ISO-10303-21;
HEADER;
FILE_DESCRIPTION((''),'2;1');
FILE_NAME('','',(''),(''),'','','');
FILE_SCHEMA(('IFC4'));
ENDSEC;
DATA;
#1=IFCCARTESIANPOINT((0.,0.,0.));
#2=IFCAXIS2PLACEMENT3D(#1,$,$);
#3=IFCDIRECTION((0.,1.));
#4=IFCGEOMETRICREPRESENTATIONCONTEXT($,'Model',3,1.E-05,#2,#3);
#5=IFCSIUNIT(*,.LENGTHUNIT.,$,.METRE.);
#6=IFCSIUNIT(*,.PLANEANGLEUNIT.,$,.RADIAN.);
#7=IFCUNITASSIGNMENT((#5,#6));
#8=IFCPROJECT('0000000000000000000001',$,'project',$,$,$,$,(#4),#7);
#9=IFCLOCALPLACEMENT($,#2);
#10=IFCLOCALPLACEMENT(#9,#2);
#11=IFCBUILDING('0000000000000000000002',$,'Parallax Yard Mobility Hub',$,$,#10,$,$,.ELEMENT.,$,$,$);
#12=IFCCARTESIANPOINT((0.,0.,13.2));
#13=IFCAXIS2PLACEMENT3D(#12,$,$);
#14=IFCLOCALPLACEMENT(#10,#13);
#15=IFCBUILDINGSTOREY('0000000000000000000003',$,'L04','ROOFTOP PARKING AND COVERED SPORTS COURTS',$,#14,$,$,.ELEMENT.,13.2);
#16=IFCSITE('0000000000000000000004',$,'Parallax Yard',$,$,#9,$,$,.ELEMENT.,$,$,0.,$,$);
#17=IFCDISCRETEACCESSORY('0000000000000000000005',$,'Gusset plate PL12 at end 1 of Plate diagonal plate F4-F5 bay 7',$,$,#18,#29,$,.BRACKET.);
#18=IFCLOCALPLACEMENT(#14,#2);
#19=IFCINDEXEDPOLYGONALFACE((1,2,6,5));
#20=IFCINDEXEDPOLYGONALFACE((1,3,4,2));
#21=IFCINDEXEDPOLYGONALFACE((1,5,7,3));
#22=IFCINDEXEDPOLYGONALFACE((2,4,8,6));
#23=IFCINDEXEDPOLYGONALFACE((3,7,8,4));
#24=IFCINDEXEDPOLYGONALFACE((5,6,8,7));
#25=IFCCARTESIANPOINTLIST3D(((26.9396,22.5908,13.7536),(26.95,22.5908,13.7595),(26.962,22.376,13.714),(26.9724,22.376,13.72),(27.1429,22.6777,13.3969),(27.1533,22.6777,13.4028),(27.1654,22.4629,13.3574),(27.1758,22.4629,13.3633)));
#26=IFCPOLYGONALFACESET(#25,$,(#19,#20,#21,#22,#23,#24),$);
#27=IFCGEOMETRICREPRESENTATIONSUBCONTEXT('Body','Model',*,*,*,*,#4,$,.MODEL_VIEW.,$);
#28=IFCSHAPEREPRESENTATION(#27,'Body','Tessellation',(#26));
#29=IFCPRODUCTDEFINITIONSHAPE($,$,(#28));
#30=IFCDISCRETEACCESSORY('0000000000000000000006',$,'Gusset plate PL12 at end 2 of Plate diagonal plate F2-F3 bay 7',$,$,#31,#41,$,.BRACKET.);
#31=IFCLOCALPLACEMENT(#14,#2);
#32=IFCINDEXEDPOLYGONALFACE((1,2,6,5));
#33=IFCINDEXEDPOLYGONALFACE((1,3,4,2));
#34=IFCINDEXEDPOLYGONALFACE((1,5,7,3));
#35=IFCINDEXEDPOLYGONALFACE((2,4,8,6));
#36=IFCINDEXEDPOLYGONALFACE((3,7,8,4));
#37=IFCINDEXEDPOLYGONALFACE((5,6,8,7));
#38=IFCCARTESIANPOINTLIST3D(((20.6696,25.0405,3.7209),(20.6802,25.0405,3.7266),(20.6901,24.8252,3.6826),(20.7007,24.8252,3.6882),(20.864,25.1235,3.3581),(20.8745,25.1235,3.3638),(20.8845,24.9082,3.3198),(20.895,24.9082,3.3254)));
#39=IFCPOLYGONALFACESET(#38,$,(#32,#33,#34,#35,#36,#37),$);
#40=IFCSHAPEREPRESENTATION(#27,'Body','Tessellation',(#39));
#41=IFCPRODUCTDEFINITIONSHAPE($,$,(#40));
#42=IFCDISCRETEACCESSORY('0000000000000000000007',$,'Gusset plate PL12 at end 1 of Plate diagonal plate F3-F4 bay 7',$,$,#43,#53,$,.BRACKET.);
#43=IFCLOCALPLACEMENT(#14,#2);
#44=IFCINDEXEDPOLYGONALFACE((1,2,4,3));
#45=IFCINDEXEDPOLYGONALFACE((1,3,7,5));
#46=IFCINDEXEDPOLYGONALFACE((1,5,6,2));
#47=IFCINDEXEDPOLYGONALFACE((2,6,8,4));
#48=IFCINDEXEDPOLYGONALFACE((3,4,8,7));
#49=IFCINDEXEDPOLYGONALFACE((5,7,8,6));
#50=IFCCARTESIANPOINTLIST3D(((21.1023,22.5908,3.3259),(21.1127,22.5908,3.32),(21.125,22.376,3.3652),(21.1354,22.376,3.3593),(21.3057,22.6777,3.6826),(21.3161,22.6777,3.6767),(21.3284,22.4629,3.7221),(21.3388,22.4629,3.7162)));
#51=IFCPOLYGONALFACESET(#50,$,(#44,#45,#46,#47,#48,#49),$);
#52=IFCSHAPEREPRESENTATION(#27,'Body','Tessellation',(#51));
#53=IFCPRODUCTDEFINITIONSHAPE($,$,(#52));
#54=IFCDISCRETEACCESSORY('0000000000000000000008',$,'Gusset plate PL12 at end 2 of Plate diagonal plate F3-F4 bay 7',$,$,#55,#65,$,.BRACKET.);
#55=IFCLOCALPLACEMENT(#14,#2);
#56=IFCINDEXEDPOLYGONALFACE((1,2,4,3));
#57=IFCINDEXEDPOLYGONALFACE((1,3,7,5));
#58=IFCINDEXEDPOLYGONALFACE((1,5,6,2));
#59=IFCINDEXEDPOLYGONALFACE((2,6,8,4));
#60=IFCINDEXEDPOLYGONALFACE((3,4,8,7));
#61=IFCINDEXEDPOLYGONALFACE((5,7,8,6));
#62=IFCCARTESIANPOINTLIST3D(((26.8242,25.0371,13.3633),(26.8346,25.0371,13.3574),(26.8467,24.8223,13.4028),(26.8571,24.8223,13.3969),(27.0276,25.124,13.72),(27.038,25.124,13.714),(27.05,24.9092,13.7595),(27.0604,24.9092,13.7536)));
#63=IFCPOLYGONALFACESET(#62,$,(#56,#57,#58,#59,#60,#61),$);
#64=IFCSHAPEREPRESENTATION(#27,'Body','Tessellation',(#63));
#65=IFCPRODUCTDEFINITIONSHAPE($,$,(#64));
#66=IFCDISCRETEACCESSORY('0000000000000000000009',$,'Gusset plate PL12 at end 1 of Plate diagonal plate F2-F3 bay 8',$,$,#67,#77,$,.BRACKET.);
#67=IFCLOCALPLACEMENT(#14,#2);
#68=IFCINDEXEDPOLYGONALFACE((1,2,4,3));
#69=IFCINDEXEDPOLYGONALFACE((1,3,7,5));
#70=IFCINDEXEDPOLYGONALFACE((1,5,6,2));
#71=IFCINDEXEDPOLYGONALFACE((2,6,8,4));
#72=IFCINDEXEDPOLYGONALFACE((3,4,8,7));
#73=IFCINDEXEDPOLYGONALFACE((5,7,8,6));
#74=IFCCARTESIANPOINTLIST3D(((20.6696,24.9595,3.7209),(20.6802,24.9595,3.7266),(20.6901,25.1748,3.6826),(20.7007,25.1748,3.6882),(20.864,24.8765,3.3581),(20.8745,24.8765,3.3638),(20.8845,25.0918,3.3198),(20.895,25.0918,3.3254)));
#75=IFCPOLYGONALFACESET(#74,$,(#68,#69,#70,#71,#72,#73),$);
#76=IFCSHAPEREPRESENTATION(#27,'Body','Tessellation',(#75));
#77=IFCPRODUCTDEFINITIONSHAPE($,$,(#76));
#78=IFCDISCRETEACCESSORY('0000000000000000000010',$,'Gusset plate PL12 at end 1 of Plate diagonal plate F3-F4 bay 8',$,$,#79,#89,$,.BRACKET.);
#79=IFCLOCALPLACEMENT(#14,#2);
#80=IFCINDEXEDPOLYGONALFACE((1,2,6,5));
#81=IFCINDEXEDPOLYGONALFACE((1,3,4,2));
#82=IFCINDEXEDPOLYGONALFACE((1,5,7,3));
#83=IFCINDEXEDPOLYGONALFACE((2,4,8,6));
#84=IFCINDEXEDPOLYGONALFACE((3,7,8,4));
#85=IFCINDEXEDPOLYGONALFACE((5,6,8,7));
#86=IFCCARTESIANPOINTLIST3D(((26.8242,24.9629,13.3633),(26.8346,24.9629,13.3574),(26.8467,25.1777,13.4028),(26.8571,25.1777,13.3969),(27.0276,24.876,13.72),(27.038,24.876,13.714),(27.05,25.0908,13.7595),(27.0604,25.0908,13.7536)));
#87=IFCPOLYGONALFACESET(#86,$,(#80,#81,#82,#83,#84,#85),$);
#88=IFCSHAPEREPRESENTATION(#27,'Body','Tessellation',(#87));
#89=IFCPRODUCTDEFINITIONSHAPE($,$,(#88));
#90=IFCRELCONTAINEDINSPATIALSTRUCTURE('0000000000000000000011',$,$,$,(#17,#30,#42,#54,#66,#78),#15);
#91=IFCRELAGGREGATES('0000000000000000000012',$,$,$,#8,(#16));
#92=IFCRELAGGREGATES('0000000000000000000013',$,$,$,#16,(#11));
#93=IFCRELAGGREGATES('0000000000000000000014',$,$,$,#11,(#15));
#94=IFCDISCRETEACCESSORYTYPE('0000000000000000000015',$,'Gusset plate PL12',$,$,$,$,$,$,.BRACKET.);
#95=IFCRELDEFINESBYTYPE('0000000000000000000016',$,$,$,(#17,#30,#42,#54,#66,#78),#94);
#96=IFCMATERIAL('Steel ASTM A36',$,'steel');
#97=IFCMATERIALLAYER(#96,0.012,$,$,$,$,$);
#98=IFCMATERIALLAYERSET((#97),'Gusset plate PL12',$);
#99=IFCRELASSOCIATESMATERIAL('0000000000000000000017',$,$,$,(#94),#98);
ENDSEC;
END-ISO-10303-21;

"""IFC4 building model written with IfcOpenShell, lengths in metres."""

from ifc_helpers import new_model, si_unit, direction, frame, origin, place, context, subcontext, project, spatial, polyline, outline, extrude, material, layer, layer_set, type_object, element, save


model = new_model("IFC4")

# Units and contexts
model_context = context("Model", 3, precision=1e-05, world=origin(), true_north=direction((0.0, 1.0)))
body_context = subcontext(model_context, "Body", "Model", "MODEL_VIEW")
ifc_project = project(units=[si_unit("LENGTHUNIT", "METRE"), si_unit("PLANEANGLEUNIT", "RADIAN")], contexts=[model_context])

# Site, building, storey
site_placement = place(None, origin())
site = spatial("IfcSite", under=ifc_project, at=site_placement, Name="Parallax Yard", CompositionType="ELEMENT", RefElevation=0.0)
building_placement = place(site_placement, origin())
building = spatial("IfcBuilding", under=site, at=building_placement, Name="Parallax Yard Mobility Hub", CompositionType="ELEMENT")
storey_placement = place(building_placement, frame((0.0, 0.0, 13.2)))
storey = spatial("IfcBuildingStorey", under=building, at=storey_placement, Name="L04", Description="ROOFTOP PARKING AND COVERED SPORTS COURTS", CompositionType="ELEMENT", Elevation=13.2)

# Discrete accessories
ifc_material_1 = material(Name="Steel ASTM A36", Category="steel")
ifc_layer = layer(ifc_material_1, 0.012)
ifc_layer_set = layer_set([ifc_layer], Name="Gusset plate PL12")
discrete_accessory_type = type_object("IfcDiscreteAccessoryType", Name="Gusset plate PL12", PredefinedType="BRACKET", material=ifc_layer_set)
discrete_accessory_1_placement = place(storey_placement, frame((27.1533, 22.6777, 13.4028), z_axis=(0.868755, -0.000345, 0.495243), x_axis=(-0.484569, -0.207091, 0.849886)))
element("IfcDiscreteAccessory", 1, at=discrete_accessory_1_placement, inside=storey, type_object=discrete_accessory_type, Name="Gusset plate PL12 at end 1 of Plate diagonal plate F4-F5 bay 7", PredefinedType="BRACKET", context=body_context, shape_type="SweptSolid", body=[
    extrude(outline(polyline([(0.0, 0.0), (0.4197, 0.0), (0.4197, 0.2196), (0.0, 0.2196), (0.0, 0.0)])), origin(), (0.0, 0.0, -1.0), 0.012),
])
discrete_accessory_2_placement = place(storey_placement, frame((20.7007, 24.8252, 3.6882), z_axis=(0.881507, -0.000096, 0.472171), x_axis=(0.462868, 0.197707, -0.864098)))
element("IfcDiscreteAccessory", 2, at=discrete_accessory_2_placement, inside=storey, type_object=discrete_accessory_type, Name="Gusset plate PL12 at end 2 of Plate diagonal plate F2-F3 bay 7", PredefinedType="BRACKET", context=body_context, shape_type="SweptSolid", body=[
    extrude(outline(polyline([(0.0, 0.0), (0.4199, 0.0), (0.4198, 0.2197), (0.0, 0.2197), (0.0, 0.0)])), origin(), (0.0, 0.0, -1.0), 0.012),
])
discrete_accessory_3_placement = place(storey_placement, frame((21.3057, 22.6777, 3.6826), z_axis=(-0.868697, -0.000899, 0.495343), x_axis=(-0.484444, -0.207091, -0.849958)))
element("IfcDiscreteAccessory", 3, at=discrete_accessory_3_placement, inside=storey, type_object=discrete_accessory_type, Name="Gusset plate PL12 at end 1 of Plate diagonal plate F3-F4 bay 7", PredefinedType="BRACKET", context=body_context, shape_type="SweptSolid", body=[
    extrude(outline(polyline([(0.0, 0.0), (0.4197, 0.0), (0.4198, 0.2196), (-0.0001, 0.2196), (0.0, 0.0)])), origin(), (0.0, 0.0, -1.0), 0.012),
])
discrete_accessory_4_placement = place(storey_placement, frame((26.8467, 24.8223, 13.4028), z_axis=(-0.868755, 0.000345, 0.495243), x_axis=(0.484569, 0.207091, 0.849886)))
element("IfcDiscreteAccessory", 4, at=discrete_accessory_4_placement, inside=storey, type_object=discrete_accessory_type, Name="Gusset plate PL12 at end 2 of Plate diagonal plate F3-F4 bay 7", PredefinedType="BRACKET", context=body_context, shape_type="SweptSolid", body=[
    extrude(outline(polyline([(0.0, 0.0), (0.4197, 0.0), (0.4197, 0.2196), (0.0, 0.2196), (0.0, 0.0)])), origin(), (0.0, 0.0, -1.0), 0.012),
])
discrete_accessory_5_placement = place(storey_placement, frame((20.6802, 24.9595, 3.7266), z_axis=(0.881507, 0.000096, 0.472171), x_axis=(0.462868, -0.197707, -0.864098)))
element("IfcDiscreteAccessory", 5, at=discrete_accessory_5_placement, inside=storey, type_object=discrete_accessory_type, Name="Gusset plate PL12 at end 1 of Plate diagonal plate F2-F3 bay 8", PredefinedType="BRACKET", context=body_context, shape_type="SweptSolid", body=[
    extrude(outline(polyline([(0.0, 0.0), (0.4199, 0.0), (0.4199, 0.2197), (0.0, 0.2197), (0.0, 0.0)])), origin(), (0.0, 0.0, -1.0), 0.012),
])
discrete_accessory_6_placement = place(storey_placement, frame((26.8242, 24.9629, 13.3633), z_axis=(-0.868755, -0.000345, 0.495243), x_axis=(0.484569, -0.207091, 0.849886)))
element("IfcDiscreteAccessory", 6, at=discrete_accessory_6_placement, inside=storey, type_object=discrete_accessory_type, Name="Gusset plate PL12 at end 1 of Plate diagonal plate F3-F4 bay 8", PredefinedType="BRACKET", context=body_context, shape_type="SweptSolid", body=[
    extrude(outline(polyline([(0.0, 0.0), (0.4197, 0.0), (0.4197, 0.2196), (0.0, 0.2196), (0.0, 0.0)])), origin(), (0.0, 0.0, -1.0), 0.012),
])

save(model, "model.ifc")
